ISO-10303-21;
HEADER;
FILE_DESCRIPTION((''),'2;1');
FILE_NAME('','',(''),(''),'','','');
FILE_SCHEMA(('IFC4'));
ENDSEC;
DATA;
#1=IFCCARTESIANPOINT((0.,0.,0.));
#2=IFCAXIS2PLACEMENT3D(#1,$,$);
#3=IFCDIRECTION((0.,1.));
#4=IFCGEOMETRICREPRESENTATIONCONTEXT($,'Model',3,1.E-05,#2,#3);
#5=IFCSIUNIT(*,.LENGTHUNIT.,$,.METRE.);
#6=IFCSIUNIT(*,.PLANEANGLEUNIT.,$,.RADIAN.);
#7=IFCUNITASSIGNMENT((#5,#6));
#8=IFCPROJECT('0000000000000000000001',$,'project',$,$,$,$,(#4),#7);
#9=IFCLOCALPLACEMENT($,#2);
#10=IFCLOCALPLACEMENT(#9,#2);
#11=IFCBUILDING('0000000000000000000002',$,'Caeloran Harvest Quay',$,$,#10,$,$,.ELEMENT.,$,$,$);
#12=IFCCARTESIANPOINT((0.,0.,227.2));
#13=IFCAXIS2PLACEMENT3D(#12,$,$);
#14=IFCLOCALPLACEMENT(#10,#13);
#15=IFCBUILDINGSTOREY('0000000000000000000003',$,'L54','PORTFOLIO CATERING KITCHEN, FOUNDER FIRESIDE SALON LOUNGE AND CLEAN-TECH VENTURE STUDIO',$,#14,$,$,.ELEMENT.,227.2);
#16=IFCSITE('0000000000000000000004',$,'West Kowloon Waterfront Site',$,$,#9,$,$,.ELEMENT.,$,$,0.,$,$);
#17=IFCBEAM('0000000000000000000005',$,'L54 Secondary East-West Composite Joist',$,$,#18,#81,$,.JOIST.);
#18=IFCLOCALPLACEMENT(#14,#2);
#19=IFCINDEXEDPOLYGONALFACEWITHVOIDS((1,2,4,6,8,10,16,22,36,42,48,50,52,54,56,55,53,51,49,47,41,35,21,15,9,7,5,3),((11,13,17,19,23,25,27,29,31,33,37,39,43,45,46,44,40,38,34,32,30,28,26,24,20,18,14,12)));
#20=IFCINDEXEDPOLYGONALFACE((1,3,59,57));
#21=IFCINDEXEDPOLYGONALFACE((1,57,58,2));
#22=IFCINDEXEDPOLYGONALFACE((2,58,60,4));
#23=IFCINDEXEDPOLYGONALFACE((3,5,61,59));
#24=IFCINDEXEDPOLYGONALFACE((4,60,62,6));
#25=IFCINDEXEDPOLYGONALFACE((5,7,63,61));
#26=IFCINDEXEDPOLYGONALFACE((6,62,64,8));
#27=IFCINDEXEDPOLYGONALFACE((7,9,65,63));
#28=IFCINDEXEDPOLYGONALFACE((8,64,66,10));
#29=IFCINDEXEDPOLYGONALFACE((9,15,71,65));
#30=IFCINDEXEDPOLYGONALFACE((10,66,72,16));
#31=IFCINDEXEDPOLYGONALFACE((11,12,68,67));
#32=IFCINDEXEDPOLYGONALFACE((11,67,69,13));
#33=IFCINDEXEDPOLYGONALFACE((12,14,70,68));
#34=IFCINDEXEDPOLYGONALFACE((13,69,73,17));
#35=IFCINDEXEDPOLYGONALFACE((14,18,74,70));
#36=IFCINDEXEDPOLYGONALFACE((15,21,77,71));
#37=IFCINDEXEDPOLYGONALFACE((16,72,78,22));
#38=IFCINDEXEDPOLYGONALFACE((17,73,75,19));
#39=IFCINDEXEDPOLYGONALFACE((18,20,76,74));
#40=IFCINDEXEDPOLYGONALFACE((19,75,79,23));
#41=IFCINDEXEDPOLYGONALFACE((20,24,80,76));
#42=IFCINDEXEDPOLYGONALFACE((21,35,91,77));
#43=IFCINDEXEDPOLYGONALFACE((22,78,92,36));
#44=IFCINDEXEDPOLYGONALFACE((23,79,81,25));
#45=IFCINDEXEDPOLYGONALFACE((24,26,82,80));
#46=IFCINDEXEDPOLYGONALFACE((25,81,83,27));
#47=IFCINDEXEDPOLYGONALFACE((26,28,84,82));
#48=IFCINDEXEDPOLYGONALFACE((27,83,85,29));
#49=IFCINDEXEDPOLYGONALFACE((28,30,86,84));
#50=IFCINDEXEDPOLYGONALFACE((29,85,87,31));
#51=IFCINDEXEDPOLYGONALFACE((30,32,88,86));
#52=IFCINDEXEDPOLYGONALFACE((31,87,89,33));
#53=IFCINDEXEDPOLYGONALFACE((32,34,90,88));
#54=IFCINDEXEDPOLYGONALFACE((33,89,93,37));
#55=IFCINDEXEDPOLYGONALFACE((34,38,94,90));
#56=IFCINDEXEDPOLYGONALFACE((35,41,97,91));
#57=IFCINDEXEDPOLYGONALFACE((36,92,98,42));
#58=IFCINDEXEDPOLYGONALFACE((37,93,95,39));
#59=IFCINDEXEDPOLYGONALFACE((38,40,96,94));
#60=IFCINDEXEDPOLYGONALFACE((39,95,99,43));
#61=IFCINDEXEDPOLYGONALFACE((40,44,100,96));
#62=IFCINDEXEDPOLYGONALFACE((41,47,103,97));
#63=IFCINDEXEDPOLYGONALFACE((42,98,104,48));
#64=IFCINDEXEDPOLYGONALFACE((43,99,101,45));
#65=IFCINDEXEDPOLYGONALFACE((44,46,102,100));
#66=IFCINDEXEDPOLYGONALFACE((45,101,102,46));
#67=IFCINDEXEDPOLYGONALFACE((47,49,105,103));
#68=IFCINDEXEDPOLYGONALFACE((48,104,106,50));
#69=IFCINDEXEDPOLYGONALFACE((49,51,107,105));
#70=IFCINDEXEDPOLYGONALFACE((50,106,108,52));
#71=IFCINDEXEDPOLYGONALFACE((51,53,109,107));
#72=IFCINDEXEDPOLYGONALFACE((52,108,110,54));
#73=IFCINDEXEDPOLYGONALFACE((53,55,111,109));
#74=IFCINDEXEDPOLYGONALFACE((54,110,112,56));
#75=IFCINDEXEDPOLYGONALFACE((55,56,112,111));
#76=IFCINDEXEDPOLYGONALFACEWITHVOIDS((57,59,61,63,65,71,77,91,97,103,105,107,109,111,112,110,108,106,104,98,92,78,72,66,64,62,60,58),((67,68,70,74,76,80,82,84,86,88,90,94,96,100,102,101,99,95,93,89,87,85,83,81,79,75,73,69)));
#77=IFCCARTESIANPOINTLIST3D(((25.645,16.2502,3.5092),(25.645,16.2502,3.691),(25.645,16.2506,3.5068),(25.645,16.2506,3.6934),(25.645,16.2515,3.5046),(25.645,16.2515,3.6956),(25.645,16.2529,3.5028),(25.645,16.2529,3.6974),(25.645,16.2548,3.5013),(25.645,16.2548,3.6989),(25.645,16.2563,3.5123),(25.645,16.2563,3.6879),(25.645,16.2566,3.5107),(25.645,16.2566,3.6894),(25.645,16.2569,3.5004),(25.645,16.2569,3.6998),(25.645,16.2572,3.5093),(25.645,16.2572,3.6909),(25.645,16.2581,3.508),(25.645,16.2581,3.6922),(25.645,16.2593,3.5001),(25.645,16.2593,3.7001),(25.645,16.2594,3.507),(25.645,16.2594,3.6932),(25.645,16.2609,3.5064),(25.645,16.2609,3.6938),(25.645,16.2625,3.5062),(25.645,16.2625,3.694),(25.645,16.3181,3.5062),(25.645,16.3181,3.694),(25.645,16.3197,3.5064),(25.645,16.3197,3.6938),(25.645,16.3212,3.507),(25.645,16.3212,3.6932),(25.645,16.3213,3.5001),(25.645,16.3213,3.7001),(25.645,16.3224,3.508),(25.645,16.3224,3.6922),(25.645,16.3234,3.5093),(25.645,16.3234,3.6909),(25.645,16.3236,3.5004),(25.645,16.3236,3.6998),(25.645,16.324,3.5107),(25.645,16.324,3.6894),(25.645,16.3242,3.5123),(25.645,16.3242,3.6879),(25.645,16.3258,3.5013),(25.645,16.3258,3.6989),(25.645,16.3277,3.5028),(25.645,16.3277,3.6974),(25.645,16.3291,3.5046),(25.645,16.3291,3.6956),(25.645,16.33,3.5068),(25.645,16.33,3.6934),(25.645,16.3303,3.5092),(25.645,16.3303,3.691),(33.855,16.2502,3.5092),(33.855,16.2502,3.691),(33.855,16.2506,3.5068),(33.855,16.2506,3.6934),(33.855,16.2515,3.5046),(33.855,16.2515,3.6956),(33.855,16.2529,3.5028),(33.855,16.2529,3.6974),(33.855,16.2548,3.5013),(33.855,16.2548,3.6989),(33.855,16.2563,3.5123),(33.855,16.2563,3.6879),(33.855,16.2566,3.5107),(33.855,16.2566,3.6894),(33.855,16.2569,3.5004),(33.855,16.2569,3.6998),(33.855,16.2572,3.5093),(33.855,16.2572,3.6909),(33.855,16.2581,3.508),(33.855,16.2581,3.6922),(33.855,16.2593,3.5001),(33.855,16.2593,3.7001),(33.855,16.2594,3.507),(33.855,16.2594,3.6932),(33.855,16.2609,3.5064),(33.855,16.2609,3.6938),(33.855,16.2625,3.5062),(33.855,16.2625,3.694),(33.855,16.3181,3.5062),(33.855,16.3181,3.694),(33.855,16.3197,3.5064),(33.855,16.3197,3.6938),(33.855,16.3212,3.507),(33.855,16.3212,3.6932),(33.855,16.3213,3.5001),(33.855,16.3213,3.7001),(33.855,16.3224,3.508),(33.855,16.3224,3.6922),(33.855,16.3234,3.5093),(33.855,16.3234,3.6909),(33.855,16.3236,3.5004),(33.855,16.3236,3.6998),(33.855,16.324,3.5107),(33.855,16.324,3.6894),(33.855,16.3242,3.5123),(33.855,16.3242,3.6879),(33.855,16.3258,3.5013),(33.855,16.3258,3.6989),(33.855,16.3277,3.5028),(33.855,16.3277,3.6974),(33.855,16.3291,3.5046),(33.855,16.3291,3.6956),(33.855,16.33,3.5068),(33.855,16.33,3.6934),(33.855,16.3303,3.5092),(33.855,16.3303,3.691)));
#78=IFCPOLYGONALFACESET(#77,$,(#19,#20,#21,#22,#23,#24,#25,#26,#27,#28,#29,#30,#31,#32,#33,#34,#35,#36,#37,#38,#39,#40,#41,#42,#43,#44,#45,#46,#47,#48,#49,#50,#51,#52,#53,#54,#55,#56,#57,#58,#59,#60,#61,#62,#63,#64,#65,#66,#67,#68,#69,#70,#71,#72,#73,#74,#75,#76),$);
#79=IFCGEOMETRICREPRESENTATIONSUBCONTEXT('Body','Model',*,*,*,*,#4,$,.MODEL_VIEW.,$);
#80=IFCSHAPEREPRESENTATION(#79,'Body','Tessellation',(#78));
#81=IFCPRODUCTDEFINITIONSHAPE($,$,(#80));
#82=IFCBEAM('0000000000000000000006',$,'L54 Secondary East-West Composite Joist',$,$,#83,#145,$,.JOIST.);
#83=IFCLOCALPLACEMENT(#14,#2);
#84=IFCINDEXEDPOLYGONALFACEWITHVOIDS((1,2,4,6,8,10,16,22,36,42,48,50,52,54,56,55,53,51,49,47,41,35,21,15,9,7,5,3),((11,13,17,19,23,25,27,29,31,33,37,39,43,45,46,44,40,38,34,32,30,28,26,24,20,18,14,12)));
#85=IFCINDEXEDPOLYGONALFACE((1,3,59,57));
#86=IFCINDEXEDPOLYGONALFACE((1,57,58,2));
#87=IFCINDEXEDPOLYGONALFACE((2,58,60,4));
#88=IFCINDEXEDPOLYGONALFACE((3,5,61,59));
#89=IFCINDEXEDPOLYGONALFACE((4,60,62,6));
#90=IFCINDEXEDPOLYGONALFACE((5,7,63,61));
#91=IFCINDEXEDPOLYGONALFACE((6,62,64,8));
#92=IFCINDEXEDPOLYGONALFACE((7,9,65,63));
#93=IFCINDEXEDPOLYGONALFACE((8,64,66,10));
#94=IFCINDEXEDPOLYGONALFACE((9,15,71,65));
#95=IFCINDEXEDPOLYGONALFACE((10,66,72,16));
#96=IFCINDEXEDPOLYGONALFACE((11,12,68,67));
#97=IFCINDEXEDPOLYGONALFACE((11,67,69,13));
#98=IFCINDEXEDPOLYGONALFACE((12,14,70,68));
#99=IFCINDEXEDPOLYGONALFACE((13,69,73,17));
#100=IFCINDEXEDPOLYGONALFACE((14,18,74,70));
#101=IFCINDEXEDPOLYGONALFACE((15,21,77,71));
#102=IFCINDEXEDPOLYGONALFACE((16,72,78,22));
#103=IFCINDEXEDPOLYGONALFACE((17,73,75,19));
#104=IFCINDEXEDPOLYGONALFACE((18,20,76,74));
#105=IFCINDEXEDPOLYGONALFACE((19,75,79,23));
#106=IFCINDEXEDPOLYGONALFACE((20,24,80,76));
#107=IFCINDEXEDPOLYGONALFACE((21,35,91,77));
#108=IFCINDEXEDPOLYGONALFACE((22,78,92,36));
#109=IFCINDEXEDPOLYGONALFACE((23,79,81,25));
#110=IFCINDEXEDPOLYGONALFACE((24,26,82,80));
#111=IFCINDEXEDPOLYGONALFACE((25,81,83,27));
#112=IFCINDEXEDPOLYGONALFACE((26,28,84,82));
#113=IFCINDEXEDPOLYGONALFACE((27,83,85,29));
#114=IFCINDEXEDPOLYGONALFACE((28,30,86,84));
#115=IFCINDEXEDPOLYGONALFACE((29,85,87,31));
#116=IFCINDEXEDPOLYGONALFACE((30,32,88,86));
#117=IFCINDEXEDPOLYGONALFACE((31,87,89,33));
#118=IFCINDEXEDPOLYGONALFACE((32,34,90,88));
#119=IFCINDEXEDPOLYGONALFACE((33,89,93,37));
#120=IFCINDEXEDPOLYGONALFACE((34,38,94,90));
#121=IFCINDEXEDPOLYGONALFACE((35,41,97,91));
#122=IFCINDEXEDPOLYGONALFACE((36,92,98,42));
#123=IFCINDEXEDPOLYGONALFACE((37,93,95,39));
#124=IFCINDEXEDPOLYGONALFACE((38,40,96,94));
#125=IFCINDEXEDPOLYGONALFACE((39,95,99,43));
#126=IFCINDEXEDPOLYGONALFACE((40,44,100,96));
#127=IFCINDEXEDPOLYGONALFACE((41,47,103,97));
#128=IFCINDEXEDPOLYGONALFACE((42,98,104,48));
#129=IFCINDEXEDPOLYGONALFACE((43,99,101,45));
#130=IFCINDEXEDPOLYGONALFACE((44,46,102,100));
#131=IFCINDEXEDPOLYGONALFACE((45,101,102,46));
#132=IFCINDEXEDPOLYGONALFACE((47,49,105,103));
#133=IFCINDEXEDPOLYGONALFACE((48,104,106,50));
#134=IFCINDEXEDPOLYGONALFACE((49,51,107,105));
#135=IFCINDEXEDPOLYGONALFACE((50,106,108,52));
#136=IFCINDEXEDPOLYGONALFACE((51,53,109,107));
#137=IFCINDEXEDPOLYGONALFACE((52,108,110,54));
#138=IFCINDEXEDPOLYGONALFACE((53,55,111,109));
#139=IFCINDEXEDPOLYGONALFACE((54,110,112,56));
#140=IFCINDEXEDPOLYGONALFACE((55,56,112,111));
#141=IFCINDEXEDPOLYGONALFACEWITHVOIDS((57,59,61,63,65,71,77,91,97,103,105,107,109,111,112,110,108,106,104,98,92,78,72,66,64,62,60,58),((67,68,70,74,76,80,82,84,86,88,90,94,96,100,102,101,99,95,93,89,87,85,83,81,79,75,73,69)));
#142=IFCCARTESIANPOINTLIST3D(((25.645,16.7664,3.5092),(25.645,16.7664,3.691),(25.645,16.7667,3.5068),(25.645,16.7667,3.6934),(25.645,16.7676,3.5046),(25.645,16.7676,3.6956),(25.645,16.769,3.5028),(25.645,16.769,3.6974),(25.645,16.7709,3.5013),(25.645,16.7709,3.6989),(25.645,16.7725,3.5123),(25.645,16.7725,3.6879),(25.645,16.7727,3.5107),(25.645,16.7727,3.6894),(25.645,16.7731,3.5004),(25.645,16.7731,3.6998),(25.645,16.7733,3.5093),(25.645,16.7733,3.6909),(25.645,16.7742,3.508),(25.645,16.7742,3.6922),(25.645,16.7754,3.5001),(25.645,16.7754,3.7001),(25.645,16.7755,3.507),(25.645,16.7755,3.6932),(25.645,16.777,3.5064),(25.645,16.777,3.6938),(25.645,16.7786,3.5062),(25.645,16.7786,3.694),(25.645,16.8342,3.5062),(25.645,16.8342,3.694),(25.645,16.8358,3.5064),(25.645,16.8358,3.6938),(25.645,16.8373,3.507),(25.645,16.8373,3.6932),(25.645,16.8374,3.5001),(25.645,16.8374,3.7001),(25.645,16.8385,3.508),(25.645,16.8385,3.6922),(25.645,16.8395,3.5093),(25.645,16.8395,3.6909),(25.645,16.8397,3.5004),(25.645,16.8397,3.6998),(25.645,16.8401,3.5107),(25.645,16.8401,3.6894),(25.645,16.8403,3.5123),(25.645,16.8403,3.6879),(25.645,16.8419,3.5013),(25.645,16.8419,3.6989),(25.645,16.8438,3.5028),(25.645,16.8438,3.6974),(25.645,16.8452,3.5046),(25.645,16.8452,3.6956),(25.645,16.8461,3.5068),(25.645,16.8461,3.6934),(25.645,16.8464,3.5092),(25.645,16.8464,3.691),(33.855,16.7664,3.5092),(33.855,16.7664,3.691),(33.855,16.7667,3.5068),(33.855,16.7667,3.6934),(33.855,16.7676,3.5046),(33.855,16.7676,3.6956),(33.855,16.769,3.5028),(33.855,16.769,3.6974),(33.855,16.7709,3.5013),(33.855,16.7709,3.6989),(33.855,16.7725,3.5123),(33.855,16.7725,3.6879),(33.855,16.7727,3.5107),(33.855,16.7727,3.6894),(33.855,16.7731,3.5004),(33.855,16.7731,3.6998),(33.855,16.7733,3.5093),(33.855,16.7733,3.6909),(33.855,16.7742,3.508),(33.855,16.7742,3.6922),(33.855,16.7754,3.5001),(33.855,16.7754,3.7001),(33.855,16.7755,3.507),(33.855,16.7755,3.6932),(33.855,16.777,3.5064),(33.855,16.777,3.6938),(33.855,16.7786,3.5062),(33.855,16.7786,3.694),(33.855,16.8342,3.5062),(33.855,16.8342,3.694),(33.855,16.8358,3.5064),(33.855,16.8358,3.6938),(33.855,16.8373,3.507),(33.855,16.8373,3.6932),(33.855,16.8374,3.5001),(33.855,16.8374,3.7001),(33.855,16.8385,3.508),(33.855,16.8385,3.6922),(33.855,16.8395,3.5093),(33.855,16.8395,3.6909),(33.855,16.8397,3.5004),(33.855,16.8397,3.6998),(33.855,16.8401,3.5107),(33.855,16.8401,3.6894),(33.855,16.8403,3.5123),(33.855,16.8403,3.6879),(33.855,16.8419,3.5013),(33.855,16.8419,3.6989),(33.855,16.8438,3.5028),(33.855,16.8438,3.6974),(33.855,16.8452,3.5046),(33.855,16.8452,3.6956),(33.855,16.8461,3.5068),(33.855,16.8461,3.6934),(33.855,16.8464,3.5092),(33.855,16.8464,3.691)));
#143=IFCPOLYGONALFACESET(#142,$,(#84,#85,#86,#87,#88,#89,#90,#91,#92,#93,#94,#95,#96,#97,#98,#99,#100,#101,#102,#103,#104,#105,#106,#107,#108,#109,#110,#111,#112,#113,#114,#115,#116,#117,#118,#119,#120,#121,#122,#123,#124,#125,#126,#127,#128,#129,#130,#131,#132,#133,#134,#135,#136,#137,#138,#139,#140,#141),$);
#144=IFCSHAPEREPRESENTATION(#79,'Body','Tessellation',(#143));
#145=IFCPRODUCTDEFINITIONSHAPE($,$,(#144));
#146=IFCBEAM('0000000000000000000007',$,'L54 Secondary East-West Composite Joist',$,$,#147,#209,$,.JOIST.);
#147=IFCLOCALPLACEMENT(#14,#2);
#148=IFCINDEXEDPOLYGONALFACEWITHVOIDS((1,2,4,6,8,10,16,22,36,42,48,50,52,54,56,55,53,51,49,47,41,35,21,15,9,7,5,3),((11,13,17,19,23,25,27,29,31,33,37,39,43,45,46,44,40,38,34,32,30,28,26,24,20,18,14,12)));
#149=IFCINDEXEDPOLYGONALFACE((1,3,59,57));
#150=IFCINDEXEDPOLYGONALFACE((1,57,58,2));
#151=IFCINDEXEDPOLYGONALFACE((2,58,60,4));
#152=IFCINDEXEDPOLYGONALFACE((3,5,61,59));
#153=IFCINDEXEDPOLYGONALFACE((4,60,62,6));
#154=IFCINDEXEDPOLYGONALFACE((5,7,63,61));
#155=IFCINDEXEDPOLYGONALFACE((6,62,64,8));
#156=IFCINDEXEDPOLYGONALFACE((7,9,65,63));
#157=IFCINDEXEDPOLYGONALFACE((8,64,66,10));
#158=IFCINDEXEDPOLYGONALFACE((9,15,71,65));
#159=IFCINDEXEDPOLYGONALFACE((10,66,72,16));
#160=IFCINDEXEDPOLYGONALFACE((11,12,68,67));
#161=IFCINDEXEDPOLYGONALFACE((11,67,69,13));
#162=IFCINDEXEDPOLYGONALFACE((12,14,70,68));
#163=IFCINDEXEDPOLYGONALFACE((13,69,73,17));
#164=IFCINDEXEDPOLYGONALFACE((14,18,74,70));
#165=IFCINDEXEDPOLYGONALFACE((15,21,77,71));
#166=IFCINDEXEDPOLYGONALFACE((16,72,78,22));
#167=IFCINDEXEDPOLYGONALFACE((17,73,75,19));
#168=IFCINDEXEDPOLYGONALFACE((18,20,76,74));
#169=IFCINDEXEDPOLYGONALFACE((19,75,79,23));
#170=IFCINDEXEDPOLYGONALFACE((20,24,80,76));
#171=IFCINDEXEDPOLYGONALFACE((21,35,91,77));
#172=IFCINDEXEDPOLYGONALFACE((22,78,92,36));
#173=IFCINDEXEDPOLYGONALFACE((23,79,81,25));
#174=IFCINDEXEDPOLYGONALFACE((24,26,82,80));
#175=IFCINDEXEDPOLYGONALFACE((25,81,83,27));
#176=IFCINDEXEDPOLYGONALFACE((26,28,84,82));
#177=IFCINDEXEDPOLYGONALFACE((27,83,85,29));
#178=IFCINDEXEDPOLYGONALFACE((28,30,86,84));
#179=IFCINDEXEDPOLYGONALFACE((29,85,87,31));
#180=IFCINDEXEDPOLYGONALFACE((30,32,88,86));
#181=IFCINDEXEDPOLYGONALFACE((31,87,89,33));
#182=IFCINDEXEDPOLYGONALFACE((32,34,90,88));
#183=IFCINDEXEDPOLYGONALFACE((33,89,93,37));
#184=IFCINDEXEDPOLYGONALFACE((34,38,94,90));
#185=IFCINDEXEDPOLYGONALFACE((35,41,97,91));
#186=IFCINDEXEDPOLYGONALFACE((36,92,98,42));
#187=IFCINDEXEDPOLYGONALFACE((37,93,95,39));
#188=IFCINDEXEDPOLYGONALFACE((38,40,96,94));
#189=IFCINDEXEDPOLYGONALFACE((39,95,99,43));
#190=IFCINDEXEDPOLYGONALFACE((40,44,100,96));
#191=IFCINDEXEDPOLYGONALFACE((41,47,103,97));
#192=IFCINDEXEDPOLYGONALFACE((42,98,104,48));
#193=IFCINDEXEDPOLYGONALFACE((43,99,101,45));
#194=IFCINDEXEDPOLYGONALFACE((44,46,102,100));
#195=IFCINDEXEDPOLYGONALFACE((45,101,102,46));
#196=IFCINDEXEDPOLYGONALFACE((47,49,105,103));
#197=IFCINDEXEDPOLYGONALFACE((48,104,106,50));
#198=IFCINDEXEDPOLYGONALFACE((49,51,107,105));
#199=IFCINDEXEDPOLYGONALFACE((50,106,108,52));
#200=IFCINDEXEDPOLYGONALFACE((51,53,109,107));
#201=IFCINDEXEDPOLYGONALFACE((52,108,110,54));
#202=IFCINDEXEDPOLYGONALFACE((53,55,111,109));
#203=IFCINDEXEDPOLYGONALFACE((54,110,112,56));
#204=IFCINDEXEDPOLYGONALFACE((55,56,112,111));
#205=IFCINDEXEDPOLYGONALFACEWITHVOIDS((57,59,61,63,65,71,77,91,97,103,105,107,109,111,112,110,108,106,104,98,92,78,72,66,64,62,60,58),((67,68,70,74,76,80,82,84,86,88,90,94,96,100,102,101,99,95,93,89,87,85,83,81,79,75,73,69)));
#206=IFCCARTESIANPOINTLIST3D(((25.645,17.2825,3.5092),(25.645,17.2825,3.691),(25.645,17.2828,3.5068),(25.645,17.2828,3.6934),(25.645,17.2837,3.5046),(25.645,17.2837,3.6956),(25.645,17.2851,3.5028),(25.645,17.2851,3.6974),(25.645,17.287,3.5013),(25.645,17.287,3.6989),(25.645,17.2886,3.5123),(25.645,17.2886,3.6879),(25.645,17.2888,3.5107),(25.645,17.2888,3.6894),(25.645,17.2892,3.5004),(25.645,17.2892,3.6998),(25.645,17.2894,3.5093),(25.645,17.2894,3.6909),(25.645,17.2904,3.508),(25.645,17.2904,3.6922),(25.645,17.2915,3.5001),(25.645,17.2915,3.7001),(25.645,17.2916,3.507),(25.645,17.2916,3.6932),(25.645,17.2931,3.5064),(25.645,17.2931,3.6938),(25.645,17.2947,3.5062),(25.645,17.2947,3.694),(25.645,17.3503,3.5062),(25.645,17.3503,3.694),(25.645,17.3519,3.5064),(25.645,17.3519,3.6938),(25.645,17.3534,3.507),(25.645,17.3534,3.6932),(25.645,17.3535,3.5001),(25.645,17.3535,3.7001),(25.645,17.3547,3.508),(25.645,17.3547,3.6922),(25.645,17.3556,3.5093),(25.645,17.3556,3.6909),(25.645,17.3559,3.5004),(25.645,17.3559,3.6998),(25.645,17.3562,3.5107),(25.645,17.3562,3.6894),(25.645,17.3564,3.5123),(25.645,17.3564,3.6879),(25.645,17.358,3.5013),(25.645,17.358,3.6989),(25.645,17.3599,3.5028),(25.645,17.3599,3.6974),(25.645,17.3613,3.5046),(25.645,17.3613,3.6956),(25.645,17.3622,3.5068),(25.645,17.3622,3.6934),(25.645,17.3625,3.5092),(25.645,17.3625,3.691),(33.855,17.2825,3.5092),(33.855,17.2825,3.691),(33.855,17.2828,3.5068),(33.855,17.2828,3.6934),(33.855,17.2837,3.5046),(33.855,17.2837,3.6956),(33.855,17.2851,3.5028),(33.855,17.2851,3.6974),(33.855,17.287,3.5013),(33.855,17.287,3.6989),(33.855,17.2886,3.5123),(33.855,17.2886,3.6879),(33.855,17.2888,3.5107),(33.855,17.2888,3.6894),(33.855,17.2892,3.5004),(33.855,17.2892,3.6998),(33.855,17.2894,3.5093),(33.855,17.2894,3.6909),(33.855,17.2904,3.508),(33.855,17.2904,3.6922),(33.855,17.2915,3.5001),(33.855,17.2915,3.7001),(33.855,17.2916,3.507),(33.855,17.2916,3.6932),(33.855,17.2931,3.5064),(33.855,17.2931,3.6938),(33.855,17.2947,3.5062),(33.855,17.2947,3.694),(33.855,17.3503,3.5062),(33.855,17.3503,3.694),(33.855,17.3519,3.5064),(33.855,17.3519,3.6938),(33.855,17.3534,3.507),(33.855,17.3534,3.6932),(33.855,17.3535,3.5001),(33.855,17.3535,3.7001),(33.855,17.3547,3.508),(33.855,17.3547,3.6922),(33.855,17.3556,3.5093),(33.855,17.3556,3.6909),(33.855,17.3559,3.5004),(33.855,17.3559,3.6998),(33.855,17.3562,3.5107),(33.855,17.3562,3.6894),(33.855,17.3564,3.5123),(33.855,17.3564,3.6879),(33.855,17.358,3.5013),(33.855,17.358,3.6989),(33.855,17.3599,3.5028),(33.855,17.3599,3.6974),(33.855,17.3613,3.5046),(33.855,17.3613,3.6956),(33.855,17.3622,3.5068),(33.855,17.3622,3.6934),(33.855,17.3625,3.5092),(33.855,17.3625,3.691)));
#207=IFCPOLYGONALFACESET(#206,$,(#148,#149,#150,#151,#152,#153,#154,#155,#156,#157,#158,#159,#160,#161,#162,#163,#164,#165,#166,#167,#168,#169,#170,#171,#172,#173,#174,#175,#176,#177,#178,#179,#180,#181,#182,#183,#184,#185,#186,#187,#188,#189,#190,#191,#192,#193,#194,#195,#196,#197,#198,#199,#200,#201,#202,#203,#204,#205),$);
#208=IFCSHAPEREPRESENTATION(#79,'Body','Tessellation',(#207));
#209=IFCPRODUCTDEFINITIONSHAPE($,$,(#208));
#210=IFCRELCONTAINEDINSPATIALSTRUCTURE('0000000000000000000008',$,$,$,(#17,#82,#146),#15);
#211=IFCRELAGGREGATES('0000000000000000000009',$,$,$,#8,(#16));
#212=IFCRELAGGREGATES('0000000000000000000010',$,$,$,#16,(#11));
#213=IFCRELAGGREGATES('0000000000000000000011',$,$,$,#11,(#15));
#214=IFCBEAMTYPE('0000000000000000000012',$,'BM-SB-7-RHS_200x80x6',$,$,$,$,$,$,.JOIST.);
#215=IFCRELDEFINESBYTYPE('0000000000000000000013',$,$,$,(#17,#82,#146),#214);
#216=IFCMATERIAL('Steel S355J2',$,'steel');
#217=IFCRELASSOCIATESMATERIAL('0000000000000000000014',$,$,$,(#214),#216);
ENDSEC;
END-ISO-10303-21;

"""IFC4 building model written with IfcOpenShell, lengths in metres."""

from ifc_helpers import new_model, si_unit, direction, frame, origin, origin_2d, place, context, subcontext, project, spatial, hollow_rectangle, extrude, material, material_profile, profile_set, type_object, element, save


model = new_model("IFC4")

# Units and contexts
model_context = context("Model", 3, precision=1e-05, world=origin(), true_north=direction((0.0, 1.0)))
body_context = subcontext(model_context, "Body", "Model", "MODEL_VIEW")
ifc_project = project(units=[si_unit("LENGTHUNIT", "METRE"), si_unit("PLANEANGLEUNIT", "RADIAN")], contexts=[model_context])

# Site, building, storey
site_placement = place(None, origin())
site = spatial("IfcSite", under=ifc_project, at=site_placement, Name="West Kowloon Waterfront Site", CompositionType="ELEMENT", RefElevation=0.0)
building_placement = place(site_placement, origin())
building = spatial("IfcBuilding", under=site, at=building_placement, Name="Caeloran Harvest Quay", CompositionType="ELEMENT")
storey_placement = place(building_placement, frame((0.0, 0.0, 227.2)))
storey = spatial("IfcBuildingStorey", under=building, at=storey_placement, Name="L54", Description="PORTFOLIO CATERING KITCHEN, FOUNDER FIRESIDE SALON LOUNGE AND CLEAN-TECH VENTURE STUDIO", CompositionType="ELEMENT", Elevation=227.2)

# Beams
ifc_material_1 = material(Name="Steel S355J2", Category="steel")
ifc_material_profile_1 = material_profile(ifc_material_1, hollow_rectangle(XDim=0.0801, YDim=0.2, WallThickness=0.0061, InnerFilletRadius=0.0061, OuterFilletRadius=0.009, at=origin_2d()), Name="RHS 200x80x6")
ifc_profile_set_1 = profile_set([ifc_material_profile_1], Name="Steel S355J2")
beam_type_1 = type_object("IfcBeamType", Name="BM-SB-7-RHS_200x80x6", PredefinedType="JOIST", material=ifc_profile_set_1)
for number, where, z_axis, x_axis, name in (
    (1, (25.645, 16.2903, 3.6001), (1.0, 0.0, 0.0), (0.0, 1.0, 0.0), "L54 Secondary East-West Composite Joist"),
    (2, (25.645, 16.8064, 3.6001), (1.0, 0.0, 0.0), (0.0, 1.0, 0.0), "L54 Secondary East-West Composite Joist"),
    (3, (25.645, 17.3225, 3.6001), (1.0, 0.0, 0.0), (0.0, 1.0, 0.0), "L54 Secondary East-West Composite Joist"),
):
    element("IfcBeam", number, at=place(storey_placement, frame(where, z_axis=z_axis, x_axis=x_axis)), inside=storey, type_object=beam_type_1, Name=name, PredefinedType="JOIST", context=body_context, shape_type="SweptSolid", body=[
        extrude(hollow_rectangle(XDim=0.0801, YDim=0.2, WallThickness=0.0061, InnerFilletRadius=0.0061, OuterFilletRadius=0.009, at=origin_2d()), origin(), (0.0, 0.0, 1.0), 8.21),
    ])

save(model, "model.ifc")
